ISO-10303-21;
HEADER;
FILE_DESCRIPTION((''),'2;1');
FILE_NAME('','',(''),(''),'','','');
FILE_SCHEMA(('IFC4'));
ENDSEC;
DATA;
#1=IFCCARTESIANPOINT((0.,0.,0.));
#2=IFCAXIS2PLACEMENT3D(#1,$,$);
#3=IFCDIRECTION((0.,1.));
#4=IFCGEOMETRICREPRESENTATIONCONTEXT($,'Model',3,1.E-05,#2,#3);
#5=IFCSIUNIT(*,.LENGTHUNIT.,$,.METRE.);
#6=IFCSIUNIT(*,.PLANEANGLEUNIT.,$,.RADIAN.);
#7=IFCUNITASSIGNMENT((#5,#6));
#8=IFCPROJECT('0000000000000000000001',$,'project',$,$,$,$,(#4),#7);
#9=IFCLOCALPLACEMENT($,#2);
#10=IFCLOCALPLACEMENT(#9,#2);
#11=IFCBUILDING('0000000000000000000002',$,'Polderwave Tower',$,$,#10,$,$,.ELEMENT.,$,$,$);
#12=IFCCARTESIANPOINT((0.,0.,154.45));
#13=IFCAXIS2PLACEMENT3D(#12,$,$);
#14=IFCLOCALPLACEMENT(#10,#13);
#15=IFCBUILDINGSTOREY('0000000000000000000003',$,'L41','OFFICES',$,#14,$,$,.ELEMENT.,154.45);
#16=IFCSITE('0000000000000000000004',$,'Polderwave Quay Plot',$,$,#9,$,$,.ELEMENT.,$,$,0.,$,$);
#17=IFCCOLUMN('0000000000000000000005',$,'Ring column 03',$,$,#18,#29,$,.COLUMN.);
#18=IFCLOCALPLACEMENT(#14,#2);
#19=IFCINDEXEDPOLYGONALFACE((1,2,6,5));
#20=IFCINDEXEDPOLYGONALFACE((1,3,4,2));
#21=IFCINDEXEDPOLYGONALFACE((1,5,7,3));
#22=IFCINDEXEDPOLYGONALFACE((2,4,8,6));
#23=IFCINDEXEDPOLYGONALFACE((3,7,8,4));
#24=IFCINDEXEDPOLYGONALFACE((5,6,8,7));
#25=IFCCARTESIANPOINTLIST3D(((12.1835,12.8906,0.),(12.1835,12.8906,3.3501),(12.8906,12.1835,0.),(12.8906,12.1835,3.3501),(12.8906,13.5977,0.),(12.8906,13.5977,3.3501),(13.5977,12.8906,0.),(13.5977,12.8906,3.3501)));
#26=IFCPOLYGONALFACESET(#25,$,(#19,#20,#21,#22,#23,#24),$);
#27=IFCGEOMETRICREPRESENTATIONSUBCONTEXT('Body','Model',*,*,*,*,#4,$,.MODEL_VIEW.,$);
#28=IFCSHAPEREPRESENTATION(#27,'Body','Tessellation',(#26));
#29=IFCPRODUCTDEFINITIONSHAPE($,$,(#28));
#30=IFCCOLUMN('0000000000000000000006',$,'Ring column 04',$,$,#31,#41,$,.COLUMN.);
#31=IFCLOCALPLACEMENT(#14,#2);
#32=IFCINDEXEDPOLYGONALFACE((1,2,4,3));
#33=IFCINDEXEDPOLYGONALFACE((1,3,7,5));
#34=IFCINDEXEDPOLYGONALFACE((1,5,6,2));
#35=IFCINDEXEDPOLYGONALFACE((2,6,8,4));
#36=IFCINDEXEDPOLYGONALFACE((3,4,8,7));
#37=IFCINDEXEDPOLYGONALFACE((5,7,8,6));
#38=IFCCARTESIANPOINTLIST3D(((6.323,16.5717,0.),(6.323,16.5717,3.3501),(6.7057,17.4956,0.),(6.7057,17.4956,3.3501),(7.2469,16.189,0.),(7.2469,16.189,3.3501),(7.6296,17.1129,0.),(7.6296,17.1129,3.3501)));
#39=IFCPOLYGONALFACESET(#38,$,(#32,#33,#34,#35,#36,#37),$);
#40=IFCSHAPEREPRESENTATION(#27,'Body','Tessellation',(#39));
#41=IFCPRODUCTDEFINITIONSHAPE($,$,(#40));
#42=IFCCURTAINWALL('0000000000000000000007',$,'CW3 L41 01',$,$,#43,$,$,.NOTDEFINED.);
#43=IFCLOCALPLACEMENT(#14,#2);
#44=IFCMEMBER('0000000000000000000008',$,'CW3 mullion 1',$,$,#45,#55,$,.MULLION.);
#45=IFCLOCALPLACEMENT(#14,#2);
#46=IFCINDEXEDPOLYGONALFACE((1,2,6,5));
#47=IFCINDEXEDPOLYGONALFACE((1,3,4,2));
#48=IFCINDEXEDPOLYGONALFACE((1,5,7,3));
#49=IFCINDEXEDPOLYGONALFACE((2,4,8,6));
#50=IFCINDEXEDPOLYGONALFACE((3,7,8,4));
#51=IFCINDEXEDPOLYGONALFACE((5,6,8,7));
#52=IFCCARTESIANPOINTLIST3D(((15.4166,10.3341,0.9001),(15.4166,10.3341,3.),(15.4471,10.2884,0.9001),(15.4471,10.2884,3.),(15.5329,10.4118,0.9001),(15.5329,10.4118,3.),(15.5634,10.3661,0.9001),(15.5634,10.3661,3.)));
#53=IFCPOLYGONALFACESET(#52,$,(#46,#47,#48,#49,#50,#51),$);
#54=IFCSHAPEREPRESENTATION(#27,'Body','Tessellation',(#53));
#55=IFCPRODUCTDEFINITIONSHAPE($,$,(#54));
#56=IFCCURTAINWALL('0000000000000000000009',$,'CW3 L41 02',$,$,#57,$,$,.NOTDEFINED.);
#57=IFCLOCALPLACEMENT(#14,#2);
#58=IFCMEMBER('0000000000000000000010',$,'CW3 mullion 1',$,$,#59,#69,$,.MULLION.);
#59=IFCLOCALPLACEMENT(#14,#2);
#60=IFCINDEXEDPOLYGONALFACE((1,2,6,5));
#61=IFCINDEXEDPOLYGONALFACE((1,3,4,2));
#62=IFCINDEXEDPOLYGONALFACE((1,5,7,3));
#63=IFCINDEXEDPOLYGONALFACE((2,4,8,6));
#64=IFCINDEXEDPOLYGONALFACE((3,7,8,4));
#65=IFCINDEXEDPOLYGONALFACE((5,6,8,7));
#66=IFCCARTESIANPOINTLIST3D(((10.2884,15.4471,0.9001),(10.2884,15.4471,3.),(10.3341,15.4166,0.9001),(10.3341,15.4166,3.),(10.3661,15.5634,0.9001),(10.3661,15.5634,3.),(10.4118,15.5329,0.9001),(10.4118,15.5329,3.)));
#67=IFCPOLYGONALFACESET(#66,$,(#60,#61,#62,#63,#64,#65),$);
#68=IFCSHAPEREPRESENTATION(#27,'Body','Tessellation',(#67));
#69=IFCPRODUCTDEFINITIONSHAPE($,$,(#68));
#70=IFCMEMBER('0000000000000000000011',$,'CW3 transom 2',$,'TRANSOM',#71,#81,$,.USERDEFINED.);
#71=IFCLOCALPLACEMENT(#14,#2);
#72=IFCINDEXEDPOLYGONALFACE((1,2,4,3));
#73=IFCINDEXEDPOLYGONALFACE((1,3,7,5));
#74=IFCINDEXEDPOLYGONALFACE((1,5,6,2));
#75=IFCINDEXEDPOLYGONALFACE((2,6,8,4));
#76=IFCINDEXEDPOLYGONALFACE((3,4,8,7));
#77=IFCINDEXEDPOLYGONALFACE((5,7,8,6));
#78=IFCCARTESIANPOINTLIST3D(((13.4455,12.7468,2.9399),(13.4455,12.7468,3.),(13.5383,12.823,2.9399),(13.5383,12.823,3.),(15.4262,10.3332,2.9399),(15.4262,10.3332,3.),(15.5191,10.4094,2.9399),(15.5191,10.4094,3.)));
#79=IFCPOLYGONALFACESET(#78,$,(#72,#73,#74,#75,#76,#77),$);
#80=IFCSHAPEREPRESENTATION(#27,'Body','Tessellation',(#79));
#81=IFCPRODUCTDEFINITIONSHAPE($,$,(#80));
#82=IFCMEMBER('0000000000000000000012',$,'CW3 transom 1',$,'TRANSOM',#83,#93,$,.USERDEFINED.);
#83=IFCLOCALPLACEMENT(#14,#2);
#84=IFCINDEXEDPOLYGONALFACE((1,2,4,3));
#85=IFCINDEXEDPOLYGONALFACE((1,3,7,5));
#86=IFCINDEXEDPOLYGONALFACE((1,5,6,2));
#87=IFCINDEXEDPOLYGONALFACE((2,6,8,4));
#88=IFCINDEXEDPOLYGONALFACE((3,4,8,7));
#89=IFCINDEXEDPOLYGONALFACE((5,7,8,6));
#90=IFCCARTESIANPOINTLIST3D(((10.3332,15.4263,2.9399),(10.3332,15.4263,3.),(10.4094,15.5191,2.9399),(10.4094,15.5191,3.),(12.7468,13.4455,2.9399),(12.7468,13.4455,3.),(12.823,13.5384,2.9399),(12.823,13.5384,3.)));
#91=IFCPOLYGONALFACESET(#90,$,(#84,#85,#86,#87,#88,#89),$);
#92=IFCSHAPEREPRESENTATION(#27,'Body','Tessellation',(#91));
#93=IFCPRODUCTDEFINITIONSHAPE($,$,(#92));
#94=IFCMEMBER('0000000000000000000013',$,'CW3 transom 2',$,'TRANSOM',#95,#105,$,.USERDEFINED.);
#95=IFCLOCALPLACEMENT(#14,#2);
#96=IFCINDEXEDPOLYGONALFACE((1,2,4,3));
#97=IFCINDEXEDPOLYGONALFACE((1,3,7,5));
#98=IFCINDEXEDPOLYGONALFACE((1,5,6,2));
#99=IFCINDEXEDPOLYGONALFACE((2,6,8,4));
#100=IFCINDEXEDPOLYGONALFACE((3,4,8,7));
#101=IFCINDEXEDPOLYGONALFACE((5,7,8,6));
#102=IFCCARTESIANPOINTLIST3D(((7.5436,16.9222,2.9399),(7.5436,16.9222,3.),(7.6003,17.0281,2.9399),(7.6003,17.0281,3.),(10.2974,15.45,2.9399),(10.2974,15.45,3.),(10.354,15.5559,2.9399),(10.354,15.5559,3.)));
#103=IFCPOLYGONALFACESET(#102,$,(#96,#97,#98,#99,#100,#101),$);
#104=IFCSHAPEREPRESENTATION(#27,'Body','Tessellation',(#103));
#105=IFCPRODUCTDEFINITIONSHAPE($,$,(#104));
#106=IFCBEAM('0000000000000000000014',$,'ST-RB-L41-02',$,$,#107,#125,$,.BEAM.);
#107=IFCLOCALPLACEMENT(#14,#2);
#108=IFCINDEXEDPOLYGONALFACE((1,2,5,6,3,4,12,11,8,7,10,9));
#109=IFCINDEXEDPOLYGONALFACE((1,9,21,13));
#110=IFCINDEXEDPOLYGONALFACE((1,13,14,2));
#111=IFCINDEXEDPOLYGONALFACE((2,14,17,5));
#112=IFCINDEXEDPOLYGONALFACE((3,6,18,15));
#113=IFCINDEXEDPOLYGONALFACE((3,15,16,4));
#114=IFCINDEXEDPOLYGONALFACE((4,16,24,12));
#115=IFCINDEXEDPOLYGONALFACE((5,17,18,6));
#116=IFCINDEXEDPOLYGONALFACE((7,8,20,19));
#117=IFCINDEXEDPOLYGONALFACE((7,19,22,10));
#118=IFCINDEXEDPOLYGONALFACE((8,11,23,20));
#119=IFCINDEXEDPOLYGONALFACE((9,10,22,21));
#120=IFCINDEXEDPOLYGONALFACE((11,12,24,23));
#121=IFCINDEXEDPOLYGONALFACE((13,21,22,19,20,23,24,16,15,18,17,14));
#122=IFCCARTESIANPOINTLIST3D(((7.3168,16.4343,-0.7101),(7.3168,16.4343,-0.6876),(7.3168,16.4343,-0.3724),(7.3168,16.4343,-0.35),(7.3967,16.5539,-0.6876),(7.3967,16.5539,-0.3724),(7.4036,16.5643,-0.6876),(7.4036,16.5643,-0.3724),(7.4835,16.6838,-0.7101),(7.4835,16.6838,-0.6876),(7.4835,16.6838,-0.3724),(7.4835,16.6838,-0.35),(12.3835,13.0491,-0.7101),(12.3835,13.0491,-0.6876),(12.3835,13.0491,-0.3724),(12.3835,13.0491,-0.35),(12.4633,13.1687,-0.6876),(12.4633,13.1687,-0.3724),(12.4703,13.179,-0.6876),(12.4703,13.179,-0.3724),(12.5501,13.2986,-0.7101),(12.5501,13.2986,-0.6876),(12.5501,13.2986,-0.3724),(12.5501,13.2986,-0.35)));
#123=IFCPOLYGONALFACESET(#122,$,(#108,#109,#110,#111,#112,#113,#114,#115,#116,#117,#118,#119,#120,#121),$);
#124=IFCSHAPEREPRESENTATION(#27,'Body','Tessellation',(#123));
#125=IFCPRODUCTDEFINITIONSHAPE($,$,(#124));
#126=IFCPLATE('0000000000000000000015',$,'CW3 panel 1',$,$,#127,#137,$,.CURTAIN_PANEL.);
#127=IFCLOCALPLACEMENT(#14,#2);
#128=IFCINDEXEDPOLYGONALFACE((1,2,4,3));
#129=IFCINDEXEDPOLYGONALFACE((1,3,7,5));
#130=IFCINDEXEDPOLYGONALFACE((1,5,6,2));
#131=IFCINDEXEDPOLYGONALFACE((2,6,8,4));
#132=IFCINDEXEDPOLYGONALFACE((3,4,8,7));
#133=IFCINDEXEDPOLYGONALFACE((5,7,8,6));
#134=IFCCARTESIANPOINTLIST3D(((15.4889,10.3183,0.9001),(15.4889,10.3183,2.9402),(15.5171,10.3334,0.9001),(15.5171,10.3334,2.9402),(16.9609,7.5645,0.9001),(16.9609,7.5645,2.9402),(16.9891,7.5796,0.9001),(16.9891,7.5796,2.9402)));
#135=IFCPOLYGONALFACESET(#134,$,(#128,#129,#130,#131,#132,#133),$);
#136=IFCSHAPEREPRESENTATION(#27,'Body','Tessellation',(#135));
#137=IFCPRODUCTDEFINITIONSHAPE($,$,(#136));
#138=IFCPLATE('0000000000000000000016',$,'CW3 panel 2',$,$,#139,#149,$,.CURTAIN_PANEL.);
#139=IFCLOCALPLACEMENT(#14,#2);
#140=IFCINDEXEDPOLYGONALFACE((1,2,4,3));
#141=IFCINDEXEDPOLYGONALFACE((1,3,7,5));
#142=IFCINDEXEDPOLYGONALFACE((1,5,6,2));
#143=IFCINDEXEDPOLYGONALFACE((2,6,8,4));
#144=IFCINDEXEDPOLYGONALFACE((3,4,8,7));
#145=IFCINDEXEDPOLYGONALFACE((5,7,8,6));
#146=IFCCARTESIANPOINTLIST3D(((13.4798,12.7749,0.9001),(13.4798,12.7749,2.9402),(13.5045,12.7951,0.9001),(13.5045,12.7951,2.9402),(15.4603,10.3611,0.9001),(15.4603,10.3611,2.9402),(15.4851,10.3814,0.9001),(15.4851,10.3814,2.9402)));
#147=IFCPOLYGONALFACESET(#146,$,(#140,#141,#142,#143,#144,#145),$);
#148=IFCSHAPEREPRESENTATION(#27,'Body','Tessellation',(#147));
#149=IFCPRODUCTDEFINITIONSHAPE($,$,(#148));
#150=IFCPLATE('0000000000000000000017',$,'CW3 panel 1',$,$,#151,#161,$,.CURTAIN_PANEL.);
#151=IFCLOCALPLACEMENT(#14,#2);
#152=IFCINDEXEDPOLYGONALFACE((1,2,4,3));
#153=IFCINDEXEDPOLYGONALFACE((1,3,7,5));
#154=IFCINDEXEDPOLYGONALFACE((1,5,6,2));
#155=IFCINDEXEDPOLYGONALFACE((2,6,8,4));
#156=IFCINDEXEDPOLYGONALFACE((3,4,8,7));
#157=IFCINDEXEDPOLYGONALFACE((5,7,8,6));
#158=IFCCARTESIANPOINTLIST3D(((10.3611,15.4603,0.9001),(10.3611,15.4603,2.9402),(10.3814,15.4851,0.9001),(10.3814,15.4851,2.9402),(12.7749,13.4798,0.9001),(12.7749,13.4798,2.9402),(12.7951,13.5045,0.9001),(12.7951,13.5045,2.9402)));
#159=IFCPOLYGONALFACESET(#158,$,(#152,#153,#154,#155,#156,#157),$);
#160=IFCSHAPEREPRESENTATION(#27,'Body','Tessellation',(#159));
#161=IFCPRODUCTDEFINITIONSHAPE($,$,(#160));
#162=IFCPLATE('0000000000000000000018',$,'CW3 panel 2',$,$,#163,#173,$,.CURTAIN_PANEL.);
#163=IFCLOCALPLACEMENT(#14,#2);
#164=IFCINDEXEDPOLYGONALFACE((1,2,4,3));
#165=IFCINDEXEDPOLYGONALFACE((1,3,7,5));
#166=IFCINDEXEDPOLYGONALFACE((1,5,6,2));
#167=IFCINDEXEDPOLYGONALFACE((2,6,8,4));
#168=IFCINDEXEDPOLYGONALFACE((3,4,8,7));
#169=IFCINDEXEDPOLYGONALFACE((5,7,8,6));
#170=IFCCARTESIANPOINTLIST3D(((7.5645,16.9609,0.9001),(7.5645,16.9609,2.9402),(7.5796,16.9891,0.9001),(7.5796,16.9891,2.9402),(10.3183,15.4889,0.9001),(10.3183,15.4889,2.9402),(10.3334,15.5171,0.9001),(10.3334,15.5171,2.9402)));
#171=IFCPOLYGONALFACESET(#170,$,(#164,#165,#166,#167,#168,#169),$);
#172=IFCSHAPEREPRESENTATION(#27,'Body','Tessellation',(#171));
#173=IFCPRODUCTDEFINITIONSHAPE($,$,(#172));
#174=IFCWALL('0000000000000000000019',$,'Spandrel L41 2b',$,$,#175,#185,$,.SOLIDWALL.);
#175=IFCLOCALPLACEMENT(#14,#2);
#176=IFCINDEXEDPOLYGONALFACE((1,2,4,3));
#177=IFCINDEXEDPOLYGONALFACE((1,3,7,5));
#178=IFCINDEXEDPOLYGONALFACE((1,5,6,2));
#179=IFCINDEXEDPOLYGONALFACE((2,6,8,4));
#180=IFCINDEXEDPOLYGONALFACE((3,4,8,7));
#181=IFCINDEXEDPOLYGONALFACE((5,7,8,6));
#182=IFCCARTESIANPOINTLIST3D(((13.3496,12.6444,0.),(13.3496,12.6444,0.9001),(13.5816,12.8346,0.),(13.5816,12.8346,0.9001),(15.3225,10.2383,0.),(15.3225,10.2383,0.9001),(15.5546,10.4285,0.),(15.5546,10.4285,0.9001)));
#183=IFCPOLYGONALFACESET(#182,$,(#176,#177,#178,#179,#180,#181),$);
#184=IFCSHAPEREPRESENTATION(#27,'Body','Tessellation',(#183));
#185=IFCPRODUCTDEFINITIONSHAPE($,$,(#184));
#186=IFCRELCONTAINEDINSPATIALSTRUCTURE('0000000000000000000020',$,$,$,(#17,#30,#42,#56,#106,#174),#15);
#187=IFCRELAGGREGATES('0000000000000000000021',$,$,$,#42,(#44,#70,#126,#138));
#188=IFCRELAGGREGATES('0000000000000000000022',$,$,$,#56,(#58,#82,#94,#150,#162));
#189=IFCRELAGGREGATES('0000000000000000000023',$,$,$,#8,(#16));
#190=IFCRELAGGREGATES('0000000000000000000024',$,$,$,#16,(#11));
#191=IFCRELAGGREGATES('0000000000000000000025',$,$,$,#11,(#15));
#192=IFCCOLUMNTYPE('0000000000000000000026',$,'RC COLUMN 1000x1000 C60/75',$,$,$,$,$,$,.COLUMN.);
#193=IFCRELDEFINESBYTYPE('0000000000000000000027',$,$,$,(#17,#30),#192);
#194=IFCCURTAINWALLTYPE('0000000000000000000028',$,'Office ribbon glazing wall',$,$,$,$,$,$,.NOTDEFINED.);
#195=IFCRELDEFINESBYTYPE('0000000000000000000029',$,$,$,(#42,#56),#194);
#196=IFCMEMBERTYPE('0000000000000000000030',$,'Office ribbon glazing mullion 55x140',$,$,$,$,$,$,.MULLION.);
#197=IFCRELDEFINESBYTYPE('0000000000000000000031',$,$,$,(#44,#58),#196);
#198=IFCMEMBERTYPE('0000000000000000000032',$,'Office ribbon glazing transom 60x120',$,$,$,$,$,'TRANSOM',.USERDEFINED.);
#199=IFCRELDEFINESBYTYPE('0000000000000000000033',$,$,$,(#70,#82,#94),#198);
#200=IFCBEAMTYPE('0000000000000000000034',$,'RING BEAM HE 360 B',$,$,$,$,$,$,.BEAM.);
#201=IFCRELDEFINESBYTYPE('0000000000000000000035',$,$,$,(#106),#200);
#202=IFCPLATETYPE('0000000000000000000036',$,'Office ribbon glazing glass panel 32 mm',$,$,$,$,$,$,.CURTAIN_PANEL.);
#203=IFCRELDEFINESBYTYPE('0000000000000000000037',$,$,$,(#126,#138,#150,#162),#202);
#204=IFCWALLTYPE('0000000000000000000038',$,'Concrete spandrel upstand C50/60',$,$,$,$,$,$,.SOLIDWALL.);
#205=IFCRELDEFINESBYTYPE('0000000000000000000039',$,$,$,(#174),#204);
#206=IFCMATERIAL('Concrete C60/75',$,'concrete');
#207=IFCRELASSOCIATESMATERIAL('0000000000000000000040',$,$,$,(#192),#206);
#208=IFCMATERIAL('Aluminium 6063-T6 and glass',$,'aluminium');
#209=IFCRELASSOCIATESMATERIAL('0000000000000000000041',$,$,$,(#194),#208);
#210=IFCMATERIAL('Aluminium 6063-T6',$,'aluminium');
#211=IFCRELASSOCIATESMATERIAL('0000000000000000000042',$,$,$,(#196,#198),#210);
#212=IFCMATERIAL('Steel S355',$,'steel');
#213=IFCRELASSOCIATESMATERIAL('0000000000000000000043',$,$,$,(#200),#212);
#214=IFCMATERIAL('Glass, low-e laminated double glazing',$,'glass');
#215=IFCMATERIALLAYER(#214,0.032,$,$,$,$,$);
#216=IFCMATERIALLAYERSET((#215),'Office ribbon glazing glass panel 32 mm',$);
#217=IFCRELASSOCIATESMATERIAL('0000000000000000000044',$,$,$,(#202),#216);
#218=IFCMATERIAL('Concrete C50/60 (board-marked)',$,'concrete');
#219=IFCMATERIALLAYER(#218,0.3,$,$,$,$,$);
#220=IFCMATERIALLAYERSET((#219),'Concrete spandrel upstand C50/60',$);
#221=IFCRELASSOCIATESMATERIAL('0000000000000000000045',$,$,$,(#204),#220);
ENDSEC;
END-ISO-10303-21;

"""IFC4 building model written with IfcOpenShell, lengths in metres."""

from ifc_helpers import new_model, si_unit, direction, frame, frame_2d, origin, origin_2d, place, context, subcontext, project, spatial, rectangle, i_section, extrude, material, layer, layer_set, material_profile, profile_set, type_object, element, aggregate, save


model = new_model("IFC4")

# Units and contexts
model_context = context("Model", 3, precision=1e-05, world=origin(), true_north=direction((0.0, 1.0)))
body_context = subcontext(model_context, "Body", "Model", "MODEL_VIEW")
ifc_project = project(units=[si_unit("LENGTHUNIT", "METRE"), si_unit("PLANEANGLEUNIT", "RADIAN")], contexts=[model_context])

# Site, building, storey
site_placement = place(None, origin())
site = spatial("IfcSite", under=ifc_project, at=site_placement, Name="Polderwave Quay Plot", CompositionType="ELEMENT", RefElevation=0.0)
building_placement = place(site_placement, origin())
building = spatial("IfcBuilding", under=site, at=building_placement, Name="Polderwave Tower", CompositionType="ELEMENT")
storey_placement = place(building_placement, frame((0.0, 0.0, 154.45)))
storey = spatial("IfcBuildingStorey", under=building, at=storey_placement, Name="L41", Description="OFFICES", CompositionType="ELEMENT", Elevation=154.45)

# Columns
ifc_material_1 = material(Name="Concrete C60/75", Category="concrete")
ifc_material_profile_1 = material_profile(ifc_material_1, rectangle(XDim=1.0, YDim=1.0, at=origin_2d()), Name="RC 1000x1000")
ifc_profile_set_1 = profile_set([ifc_material_profile_1], Name="Concrete C60/75")
column_type = type_object("IfcColumnType", Name="RC COLUMN 1000x1000 C60/75", PredefinedType="COLUMN", material=ifc_profile_set_1)
for number, where, z_axis, x_axis, name in (
    (1, (12.8906, 12.8906, 0.0), (0.0, 0.0, 1.0), (0.707107, 0.707107, 0.0), "Ring column 03"),
    (2, (6.9763, 16.8423, 0.0), (0.0, 0.0, 1.0), (0.382683, 0.92388, 0.0), "Ring column 04"),
):
    element("IfcColumn", number, at=place(storey_placement, frame(where, z_axis=z_axis, x_axis=x_axis)), inside=storey, type_object=column_type, Name=name, PredefinedType="COLUMN", context=body_context, shape_type="SweptSolid", body=[
        extrude(rectangle(XDim=1.0, YDim=1.0, at=origin_2d()), origin(), (0.0, 0.0, 1.0), 3.3501),
    ])

# Curtain walls, members
ifc_material_2 = material(Name="Aluminium 6063-T6 and glass", Category="aluminium")
curtain_wall_type = type_object("IfcCurtainWallType", Name="Office ribbon glazing wall", PredefinedType="NOTDEFINED", material=ifc_material_2)
curtain_wall_1_placement = place(storey_placement, origin())
curtain_wall_1 = element("IfcCurtainWall", 3, at=curtain_wall_1_placement, inside=storey, type_object=curtain_wall_type, Name="CW3 L41 01", PredefinedType="NOTDEFINED")
ifc_material_3 = material(Name="Aluminium 6063-T6", Category="aluminium")
ifc_material_profile_2 = material_profile(ifc_material_3, rectangle(XDim=0.1399, YDim=0.0549, at=origin_2d()), Name="AL 55x140")
ifc_profile_set_2 = profile_set([ifc_material_profile_2], Name="Aluminium 6063-T6")
member_type_1 = type_object("IfcMemberType", Name="Office ribbon glazing mullion 55x140", PredefinedType="MULLION", material=ifc_profile_set_2)
member_1_placement = place(storey_placement, frame((15.49, 10.3501, 0.9001), z_axis=(0.0, 0.0, 1.0), x_axis=(-0.831484, -0.555548, 0.0)))
member_1 = element("IfcMember", 4, at=member_1_placement, type_object=member_type_1, Name="CW3 mullion 1", PredefinedType="MULLION", context=body_context, shape_type="SweptSolid", body=[
    extrude(rectangle(XDim=0.1399, YDim=0.0549, at=origin_2d()), origin(), (0.0, 0.0, 1.0), 2.0999),
])
curtain_wall_2_placement = place(storey_placement, origin())
curtain_wall_2 = element("IfcCurtainWall", 5, at=curtain_wall_2_placement, inside=storey, type_object=curtain_wall_type, Name="CW3 L41 02", PredefinedType="NOTDEFINED")
member_2_placement = place(storey_placement, frame((10.3501, 15.49, 0.9001), z_axis=(0.0, 0.0, 1.0), x_axis=(-0.555548, -0.831484, 0.0)))
member_2 = element("IfcMember", 6, at=member_2_placement, type_object=member_type_1, Name="CW3 mullion 1", PredefinedType="MULLION", context=body_context, shape_type="SweptSolid", body=[
    extrude(rectangle(XDim=0.1399, YDim=0.0549, at=origin_2d()), origin(), (0.0, 0.0, 1.0), 2.0999),
])

# Members
ifc_material_profile_3 = material_profile(ifc_material_3, rectangle(XDim=0.1201, YDim=0.0601, at=origin_2d()), Name="AL 60x120")
ifc_profile_set_3 = profile_set([ifc_material_profile_3], Name="Aluminium 6063-T6")
member_type_2 = type_object("IfcMemberType", Name="Office ribbon glazing transom 60x120", ElementType="TRANSOM", PredefinedType="USERDEFINED", material=ifc_profile_set_3)
member_3_placement = place(storey_placement, frame((15.4727, 10.3713, 2.97), z_axis=(-0.634383, 0.773019, 0.0), x_axis=(-0.773019, -0.634383, 0.0)))
member_3 = element("IfcMember", 7, at=member_3_placement, type_object=member_type_2, Name="CW3 transom 2", ObjectType="TRANSOM", PredefinedType="USERDEFINED", context=body_context, shape_type="SweptSolid", body=[
    extrude(rectangle(XDim=0.1201, YDim=0.0601, at=origin_2d()), origin(), (0.0, 0.0, 1.0), 3.1223),
])
member_4_placement = place(storey_placement, frame((12.7849, 13.4919, 2.97), z_axis=(-0.773019, 0.634383, 0.0), x_axis=(-0.634383, -0.773019, 0.0)))
member_4 = element("IfcMember", 8, at=member_4_placement, type_object=member_type_2, Name="CW3 transom 1", ObjectType="TRANSOM", PredefinedType="USERDEFINED", context=body_context, shape_type="SweptSolid", body=[
    extrude(rectangle(XDim=0.1201, YDim=0.0601, at=origin_2d()), origin(), (0.0, 0.0, 1.0), 3.1223),
])
member_5_placement = place(storey_placement, frame((10.3257, 15.5029, 2.97), z_axis=(-0.881881, 0.471473, 0.0), x_axis=(-0.471473, -0.881881, 0.0)))
member_5 = element("IfcMember", 9, at=member_5_placement, type_object=member_type_2, Name="CW3 transom 2", ObjectType="TRANSOM", PredefinedType="USERDEFINED", context=body_context, shape_type="SweptSolid", body=[
    extrude(rectangle(XDim=0.1201, YDim=0.0601, at=origin_2d()), origin(), (0.0, 0.0, 1.0), 3.1226),
])

# Beam
ifc_material_4 = material(Name="Steel S355", Category="steel")
ifc_material_profile_4 = material_profile(ifc_material_4, i_section(OverallWidth=0.3, OverallDepth=0.3601, WebThickness=0.0125, FlangeThickness=0.0225, at=origin_2d()), Name="HE 360 B")
ifc_profile_set_4 = profile_set([ifc_material_profile_4], Name="Steel S355")
beam_type = type_object("IfcBeamType", Name="RING BEAM HE 360 B", PredefinedType="BEAM", material=ifc_profile_set_4)
beam_placement = place(storey_placement, frame((12.4668, 13.1738, -0.53), z_axis=(-0.831483, 0.555551, 0.0), x_axis=(-0.555551, -0.831483, 0.0)))
element("IfcBeam", 10, at=beam_placement, inside=storey, type_object=beam_type, Name="ST-RB-L41-02", PredefinedType="BEAM", context=body_context, shape_type="SweptSolid", body=[
    extrude(i_section(OverallWidth=0.3, OverallDepth=0.3601, WebThickness=0.0125, FlangeThickness=0.0225, at=origin_2d()), origin(), (0.0, 0.0, 1.0), 6.0935),
])

# Plates
ifc_material_5 = material(Name="Glass, low-e laminated double glazing", Category="glass")
ifc_layer_1 = layer(ifc_material_5, 0.032)
ifc_layer_set_1 = layer_set([ifc_layer_1], Name="Office ribbon glazing glass panel 32 mm")
plate_type = type_object("IfcPlateType", Name="Office ribbon glazing glass panel 32 mm", PredefinedType="CURTAIN_PANEL", material=ifc_layer_set_1)
plate_1_placement = place(storey_placement, frame((16.239, 8.949, 0.9001), z_axis=(0.0, 0.0, 1.0), x_axis=(-0.471429, 0.881904, 0.0)))
plate_1 = element("IfcPlate", 11, at=plate_1_placement, type_object=plate_type, Name="CW3 panel 1", PredefinedType="CURTAIN_PANEL", context=body_context, shape_type="SweptSolid", body=[
    extrude(rectangle(XDim=3.1226, YDim=0.032, at=origin_2d()), origin(), (0.0, 0.0, 1.0), 2.04),
])
plate_2_placement = place(storey_placement, frame((14.4824, 11.5781, 0.9001), z_axis=(0.0, 0.0, 1.0), x_axis=(-0.634326, 0.773066, 0.0)))
plate_2 = element("IfcPlate", 12, at=plate_2_placement, type_object=plate_type, Name="CW3 panel 2", PredefinedType="CURTAIN_PANEL", context=body_context, shape_type="SweptSolid", body=[
    extrude(rectangle(XDim=3.1223, YDim=0.032, at=origin_2d()), origin(), (0.0, 0.0, 1.0), 2.04),
])
aggregate(curtain_wall_1, [member_1, member_3, plate_1, plate_2])
plate_3_placement = place(storey_placement, frame((11.5781, 14.4824, 0.9001), z_axis=(0.0, 0.0, 1.0), x_axis=(-0.773066, 0.634326, 0.0)))
plate_3 = element("IfcPlate", 13, at=plate_3_placement, type_object=plate_type, Name="CW3 panel 1", PredefinedType="CURTAIN_PANEL", context=body_context, shape_type="SweptSolid", body=[
    extrude(rectangle(XDim=3.1223, YDim=0.032, at=origin_2d()), origin(), (0.0, 0.0, 1.0), 2.04),
])
plate_4_placement = place(storey_placement, frame((8.949, 16.239, 0.9001), z_axis=(0.0, 0.0, 1.0), x_axis=(-0.881904, 0.471429, 0.0)))
plate_4 = element("IfcPlate", 14, at=plate_4_placement, type_object=plate_type, Name="CW3 panel 2", PredefinedType="CURTAIN_PANEL", context=body_context, shape_type="SweptSolid", body=[
    extrude(rectangle(XDim=3.1226, YDim=0.032, at=origin_2d()), origin(), (0.0, 0.0, 1.0), 2.04),
])
aggregate(curtain_wall_2, [member_2, member_4, member_5, plate_3, plate_4])

# Wall
ifc_material_6 = material(Name="Concrete C50/60 (board-marked)", Category="concrete")
ifc_layer_2 = layer(ifc_material_6, 0.3)
ifc_layer_set_2 = layer_set([ifc_layer_2], Name="Concrete spandrel upstand C50/60")
wall_type_1 = type_object("IfcWallType", Name="Concrete spandrel upstand C50/60", PredefinedType="SOLIDWALL", material=ifc_layer_set_2)
for number, where, z_axis, x_axis, name in (
    (15, (15.4385, 10.3335, 0.0), (0.0, 0.0, 1.0), (-0.634075, 0.773272, 0.0), "Spandrel L41 2b"),
):
    element("IfcWall", number, at=place(storey_placement, frame(where, z_axis=z_axis, x_axis=x_axis)), inside=storey, type_object=wall_type_1, Name=name, PredefinedType="SOLIDWALL", context=body_context, shape_type="SweptSolid", body=[
        extrude(rectangle(XDim=3.1116, YDim=0.3, at=frame_2d((1.5557, 0.0))), origin(), (0.0, 0.0, 1.0), 0.9001),
    ])

save(model, "model.ifc")
